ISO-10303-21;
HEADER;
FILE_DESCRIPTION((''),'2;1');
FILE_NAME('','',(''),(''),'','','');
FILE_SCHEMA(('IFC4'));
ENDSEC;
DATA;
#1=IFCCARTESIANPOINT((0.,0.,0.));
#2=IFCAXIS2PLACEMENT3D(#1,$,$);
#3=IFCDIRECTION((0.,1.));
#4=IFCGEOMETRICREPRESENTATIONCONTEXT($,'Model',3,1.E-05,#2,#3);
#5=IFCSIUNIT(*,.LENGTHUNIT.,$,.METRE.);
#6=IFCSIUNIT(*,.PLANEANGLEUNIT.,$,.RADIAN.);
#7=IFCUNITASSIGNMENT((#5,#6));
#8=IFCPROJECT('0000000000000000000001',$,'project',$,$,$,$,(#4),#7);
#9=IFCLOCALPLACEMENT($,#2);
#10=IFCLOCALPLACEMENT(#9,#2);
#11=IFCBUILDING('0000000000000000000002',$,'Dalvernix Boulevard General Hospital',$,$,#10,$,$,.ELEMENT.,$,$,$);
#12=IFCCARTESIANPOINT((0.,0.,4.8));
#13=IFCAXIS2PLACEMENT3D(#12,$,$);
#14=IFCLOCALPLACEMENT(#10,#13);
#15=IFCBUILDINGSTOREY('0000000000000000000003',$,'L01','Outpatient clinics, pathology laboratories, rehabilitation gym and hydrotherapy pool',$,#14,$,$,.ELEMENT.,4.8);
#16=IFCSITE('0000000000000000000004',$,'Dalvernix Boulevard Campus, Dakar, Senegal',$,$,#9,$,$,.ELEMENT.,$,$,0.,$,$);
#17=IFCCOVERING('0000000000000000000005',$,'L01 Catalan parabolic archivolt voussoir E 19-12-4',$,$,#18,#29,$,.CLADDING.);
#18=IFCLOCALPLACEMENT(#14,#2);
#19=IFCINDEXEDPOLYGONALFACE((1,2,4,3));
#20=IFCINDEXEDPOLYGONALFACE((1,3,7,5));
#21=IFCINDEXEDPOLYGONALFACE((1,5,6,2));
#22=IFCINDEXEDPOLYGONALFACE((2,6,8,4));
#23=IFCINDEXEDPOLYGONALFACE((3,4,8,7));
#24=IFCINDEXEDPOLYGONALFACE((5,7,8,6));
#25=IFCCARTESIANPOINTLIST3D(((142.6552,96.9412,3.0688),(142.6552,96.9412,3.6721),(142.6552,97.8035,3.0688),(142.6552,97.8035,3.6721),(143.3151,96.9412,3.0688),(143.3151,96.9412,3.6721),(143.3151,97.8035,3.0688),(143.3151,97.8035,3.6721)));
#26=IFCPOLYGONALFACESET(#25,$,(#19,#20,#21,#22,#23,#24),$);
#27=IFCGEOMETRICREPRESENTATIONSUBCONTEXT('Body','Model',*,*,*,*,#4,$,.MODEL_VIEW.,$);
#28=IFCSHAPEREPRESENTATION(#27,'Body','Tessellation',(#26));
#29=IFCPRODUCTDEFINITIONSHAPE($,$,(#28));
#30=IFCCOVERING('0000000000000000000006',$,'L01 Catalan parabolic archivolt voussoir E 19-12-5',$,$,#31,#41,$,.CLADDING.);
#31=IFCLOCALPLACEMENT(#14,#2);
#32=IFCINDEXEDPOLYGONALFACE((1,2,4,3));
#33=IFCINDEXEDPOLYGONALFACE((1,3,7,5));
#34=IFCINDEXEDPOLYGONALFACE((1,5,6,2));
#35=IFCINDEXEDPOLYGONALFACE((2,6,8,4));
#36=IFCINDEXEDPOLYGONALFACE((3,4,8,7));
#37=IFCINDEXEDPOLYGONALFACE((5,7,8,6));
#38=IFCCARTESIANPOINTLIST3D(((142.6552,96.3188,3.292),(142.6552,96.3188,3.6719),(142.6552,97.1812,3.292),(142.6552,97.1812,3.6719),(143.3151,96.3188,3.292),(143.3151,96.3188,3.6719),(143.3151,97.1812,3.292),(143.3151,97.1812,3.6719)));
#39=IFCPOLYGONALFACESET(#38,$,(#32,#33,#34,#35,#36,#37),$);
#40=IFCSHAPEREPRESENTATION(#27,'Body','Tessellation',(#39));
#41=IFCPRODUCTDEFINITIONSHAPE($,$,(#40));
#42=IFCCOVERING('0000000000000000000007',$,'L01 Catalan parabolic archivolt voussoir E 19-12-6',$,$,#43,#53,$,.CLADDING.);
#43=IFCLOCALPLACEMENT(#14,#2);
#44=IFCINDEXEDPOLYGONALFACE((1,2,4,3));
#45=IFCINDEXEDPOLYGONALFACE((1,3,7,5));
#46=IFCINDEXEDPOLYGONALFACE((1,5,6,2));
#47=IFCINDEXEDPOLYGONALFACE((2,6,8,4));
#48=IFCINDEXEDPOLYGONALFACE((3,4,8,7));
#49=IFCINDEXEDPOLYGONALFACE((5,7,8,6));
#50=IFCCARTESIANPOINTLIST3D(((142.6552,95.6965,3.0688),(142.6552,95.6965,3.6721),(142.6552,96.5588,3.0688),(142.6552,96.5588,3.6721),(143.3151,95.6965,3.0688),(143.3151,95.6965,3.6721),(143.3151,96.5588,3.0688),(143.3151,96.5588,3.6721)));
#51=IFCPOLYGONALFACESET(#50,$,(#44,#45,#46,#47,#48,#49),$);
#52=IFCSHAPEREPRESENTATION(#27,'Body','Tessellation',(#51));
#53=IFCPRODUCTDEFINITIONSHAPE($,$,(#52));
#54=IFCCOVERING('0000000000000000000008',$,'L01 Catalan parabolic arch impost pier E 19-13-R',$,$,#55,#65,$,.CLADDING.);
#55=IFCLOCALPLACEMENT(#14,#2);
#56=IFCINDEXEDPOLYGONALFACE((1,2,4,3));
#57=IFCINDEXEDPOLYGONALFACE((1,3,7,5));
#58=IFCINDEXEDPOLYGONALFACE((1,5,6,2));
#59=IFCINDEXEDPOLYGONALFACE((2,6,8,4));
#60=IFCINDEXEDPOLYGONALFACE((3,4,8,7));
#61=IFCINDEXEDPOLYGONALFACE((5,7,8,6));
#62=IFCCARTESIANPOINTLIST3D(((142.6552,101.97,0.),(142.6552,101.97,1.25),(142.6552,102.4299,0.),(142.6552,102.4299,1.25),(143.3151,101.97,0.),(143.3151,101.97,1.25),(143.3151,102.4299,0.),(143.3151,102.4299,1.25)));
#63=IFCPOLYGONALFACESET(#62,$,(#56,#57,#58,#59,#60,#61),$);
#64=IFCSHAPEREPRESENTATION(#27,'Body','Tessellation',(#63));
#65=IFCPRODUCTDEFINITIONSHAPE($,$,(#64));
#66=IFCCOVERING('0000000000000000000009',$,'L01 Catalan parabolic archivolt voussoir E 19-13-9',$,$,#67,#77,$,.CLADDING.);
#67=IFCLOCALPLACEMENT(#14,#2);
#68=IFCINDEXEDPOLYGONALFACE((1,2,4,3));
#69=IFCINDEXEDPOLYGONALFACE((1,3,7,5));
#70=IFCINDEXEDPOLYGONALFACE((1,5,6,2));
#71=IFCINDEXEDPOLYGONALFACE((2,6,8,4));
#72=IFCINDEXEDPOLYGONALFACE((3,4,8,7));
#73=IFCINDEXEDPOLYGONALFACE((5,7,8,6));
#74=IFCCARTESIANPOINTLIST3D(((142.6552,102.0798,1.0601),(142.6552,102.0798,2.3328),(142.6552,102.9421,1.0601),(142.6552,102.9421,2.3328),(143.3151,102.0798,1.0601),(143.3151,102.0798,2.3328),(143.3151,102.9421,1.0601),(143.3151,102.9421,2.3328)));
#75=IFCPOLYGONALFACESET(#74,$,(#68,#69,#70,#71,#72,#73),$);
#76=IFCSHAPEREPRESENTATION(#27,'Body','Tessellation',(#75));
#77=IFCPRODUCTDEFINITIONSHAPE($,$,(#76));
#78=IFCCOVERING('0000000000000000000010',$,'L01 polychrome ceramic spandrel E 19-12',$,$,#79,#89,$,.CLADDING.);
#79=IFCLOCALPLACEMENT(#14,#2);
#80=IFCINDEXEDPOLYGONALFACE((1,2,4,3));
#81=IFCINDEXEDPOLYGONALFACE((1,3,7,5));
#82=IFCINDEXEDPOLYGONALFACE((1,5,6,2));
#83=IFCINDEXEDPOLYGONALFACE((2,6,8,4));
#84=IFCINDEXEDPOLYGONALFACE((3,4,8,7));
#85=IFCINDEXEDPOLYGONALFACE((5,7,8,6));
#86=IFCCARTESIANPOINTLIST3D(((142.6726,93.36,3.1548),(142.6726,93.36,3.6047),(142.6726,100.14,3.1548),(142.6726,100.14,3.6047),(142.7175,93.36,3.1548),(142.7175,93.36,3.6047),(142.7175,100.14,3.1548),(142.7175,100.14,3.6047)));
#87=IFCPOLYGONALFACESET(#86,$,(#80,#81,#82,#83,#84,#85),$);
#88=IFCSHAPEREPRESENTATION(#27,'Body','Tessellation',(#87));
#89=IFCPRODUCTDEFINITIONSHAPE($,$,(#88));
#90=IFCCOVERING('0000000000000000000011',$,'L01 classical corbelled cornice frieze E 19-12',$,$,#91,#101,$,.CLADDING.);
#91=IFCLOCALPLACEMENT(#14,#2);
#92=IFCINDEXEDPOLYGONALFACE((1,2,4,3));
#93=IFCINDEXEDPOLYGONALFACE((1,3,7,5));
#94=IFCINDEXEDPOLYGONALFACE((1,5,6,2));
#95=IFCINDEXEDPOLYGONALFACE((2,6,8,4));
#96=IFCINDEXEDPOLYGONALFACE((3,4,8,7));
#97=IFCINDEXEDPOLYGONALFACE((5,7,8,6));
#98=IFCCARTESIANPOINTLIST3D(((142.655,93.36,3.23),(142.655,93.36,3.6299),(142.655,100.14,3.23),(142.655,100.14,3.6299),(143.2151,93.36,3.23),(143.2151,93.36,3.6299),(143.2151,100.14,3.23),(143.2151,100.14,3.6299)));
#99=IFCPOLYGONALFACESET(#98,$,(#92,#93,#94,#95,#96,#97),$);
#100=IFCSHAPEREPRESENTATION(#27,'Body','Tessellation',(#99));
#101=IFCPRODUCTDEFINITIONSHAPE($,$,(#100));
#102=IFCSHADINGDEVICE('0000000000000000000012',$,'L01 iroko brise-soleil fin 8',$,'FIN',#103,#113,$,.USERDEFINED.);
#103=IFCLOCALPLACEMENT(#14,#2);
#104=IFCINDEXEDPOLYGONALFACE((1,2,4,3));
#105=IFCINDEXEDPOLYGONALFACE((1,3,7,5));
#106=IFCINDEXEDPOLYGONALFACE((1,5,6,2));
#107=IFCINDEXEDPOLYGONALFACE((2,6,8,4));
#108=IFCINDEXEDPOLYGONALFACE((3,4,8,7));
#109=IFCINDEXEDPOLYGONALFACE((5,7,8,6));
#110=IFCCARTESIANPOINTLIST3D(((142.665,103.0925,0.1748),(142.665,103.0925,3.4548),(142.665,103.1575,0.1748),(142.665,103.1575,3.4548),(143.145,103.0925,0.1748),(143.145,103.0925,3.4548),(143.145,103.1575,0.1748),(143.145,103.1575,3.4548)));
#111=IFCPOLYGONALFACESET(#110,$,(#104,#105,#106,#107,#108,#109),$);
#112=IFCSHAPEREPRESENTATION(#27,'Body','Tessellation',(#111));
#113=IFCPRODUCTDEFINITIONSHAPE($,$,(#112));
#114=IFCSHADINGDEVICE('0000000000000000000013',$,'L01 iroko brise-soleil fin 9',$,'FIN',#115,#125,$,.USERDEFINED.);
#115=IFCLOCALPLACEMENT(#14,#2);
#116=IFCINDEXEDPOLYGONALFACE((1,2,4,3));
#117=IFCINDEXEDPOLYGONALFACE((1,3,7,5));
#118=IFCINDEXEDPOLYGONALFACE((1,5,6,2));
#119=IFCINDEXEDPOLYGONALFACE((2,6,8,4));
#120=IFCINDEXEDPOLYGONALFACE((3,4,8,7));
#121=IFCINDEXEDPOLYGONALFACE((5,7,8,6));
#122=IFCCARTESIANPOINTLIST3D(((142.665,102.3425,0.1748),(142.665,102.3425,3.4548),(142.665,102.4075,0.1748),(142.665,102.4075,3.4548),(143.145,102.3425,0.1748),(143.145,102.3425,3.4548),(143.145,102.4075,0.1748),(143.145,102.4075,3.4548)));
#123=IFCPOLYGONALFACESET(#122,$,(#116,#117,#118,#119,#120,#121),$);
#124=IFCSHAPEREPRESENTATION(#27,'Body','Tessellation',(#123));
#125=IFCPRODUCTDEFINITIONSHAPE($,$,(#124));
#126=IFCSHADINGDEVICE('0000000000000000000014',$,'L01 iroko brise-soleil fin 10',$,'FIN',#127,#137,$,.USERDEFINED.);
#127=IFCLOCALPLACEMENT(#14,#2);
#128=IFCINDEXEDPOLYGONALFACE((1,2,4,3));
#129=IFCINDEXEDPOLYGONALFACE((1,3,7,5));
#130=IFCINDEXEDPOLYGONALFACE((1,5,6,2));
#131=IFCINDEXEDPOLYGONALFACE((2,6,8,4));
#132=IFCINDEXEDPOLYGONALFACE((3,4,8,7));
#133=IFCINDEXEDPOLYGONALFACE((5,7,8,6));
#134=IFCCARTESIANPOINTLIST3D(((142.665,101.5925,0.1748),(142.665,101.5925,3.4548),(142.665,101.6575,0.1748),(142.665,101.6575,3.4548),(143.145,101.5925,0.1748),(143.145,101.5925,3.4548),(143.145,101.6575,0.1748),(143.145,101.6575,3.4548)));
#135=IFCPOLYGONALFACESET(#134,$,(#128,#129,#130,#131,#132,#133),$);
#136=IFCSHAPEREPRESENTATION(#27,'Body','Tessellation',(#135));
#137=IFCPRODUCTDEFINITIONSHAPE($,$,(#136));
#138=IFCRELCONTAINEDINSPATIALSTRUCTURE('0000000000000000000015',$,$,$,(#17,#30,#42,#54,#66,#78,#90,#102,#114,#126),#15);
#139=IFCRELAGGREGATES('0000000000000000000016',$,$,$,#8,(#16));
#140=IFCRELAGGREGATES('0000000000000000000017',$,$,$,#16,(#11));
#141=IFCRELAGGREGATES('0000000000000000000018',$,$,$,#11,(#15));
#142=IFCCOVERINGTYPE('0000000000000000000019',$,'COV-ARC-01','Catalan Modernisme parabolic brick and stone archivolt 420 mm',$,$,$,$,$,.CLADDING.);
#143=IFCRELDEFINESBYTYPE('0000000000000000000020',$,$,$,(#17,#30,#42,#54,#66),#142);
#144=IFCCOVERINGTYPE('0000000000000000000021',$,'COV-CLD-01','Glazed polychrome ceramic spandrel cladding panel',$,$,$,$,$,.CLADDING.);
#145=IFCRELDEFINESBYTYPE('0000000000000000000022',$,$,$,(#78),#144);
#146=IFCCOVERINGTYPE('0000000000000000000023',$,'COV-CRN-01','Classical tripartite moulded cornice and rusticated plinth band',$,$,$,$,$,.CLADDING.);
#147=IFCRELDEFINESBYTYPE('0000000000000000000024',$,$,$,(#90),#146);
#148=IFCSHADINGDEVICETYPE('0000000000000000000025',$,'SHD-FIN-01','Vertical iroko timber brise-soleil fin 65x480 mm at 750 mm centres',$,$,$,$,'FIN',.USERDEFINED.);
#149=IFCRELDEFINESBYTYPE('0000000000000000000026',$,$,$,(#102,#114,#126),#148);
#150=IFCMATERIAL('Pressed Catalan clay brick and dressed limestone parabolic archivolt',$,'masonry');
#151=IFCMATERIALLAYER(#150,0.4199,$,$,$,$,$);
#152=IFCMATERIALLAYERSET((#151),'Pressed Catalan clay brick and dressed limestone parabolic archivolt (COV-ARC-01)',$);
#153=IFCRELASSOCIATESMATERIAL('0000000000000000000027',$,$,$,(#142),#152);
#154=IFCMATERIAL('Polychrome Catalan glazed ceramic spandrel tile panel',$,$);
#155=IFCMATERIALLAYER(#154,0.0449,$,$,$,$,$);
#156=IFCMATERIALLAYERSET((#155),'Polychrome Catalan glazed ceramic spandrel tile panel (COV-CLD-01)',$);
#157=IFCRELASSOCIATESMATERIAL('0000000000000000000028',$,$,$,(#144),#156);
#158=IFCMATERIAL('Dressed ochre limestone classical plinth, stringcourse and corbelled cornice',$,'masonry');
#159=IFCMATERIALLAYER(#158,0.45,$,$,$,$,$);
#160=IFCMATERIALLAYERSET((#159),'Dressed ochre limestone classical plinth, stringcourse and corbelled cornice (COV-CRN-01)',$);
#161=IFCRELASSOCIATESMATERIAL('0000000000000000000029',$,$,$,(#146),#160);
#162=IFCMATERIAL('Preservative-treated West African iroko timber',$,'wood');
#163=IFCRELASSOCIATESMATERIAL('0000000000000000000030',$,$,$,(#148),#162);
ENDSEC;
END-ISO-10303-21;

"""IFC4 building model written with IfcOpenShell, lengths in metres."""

from ifc_helpers import new_model, si_unit, direction, frame, origin, origin_2d, place, context, subcontext, project, spatial, rectangle, extrude, material, layer, layer_set, type_object, element, save


model = new_model("IFC4")

# Units and contexts
model_context = context("Model", 3, precision=1e-05, world=origin(), true_north=direction((0.0, 1.0)))
body_context = subcontext(model_context, "Body", "Model", "MODEL_VIEW")
ifc_project = project(units=[si_unit("LENGTHUNIT", "METRE"), si_unit("PLANEANGLEUNIT", "RADIAN")], contexts=[model_context])

# Site, building, storey
site_placement = place(None, origin())
site = spatial("IfcSite", under=ifc_project, at=site_placement, Name="Dalvernix Boulevard Campus, Dakar, Senegal", CompositionType="ELEMENT", RefElevation=0.0)
building_placement = place(site_placement, origin())
building = spatial("IfcBuilding", under=site, at=building_placement, Name="Dalvernix Boulevard General Hospital", CompositionType="ELEMENT")
storey_placement = place(building_placement, frame((0.0, 0.0, 4.8)))
storey = spatial("IfcBuildingStorey", under=building, at=storey_placement, Name="L01", Description="Outpatient clinics, pathology laboratories, rehabilitation gym and hydrotherapy pool", CompositionType="ELEMENT", Elevation=4.8)

# Coverings
ifc_material_1 = material(Name="Pressed Catalan clay brick and dressed limestone parabolic archivolt", Category="masonry")
ifc_layer_1 = layer(ifc_material_1, 0.4199)
ifc_layer_set_1 = layer_set([ifc_layer_1], Name="Pressed Catalan clay brick and dressed limestone parabolic archivolt (COV-ARC-01)")
covering_type_1 = type_object("IfcCoveringType", Name="COV-ARC-01", Description="Catalan Modernisme parabolic brick and stone archivolt 420 mm", PredefinedType="CLADDING", material=ifc_layer_set_1)
covering_1_placement = place(storey_placement, frame((142.9851, 97.3723, 3.0688), z_axis=(0.0, 0.0, 1.0), x_axis=(0.0, -1.0, 0.0)))
element("IfcCovering", 1, at=covering_1_placement, inside=storey, type_object=covering_type_1, Name="L01 Catalan parabolic archivolt voussoir E 19-12-4", PredefinedType="CLADDING", context=body_context, shape_type="SweptSolid", body=[
    extrude(rectangle(XDim=0.8623, YDim=0.6599, at=origin_2d()), origin(), (0.0, 0.0, 1.0), 0.6033),
])
covering_2_placement = place(storey_placement, frame((142.9851, 96.75, 3.292), z_axis=(0.0, 0.0, 1.0), x_axis=(0.0, -1.0, 0.0)))
element("IfcCovering", 2, at=covering_2_placement, inside=storey, type_object=covering_type_1, Name="L01 Catalan parabolic archivolt voussoir E 19-12-5", PredefinedType="CLADDING", context=body_context, shape_type="SweptSolid", body=[
    extrude(rectangle(XDim=0.8623, YDim=0.6599, at=origin_2d()), origin(), (0.0, 0.0, 1.0), 0.3799),
])
covering_3_placement = place(storey_placement, frame((142.9851, 96.1277, 3.0688), z_axis=(0.0, 0.0, 1.0), x_axis=(0.0, -1.0, 0.0)))
element("IfcCovering", 3, at=covering_3_placement, inside=storey, type_object=covering_type_1, Name="L01 Catalan parabolic archivolt voussoir E 19-12-6", PredefinedType="CLADDING", context=body_context, shape_type="SweptSolid", body=[
    extrude(rectangle(XDim=0.8623, YDim=0.6599, at=origin_2d()), origin(), (0.0, 0.0, 1.0), 0.6033),
])
covering_4_placement = place(storey_placement, frame((142.9851, 102.2, 0.0), z_axis=(0.0, 0.0, 1.0), x_axis=(0.0, -1.0, 0.0)))
element("IfcCovering", 4, at=covering_4_placement, inside=storey, type_object=covering_type_1, Name="L01 Catalan parabolic arch impost pier E 19-13-R", PredefinedType="CLADDING", context=body_context, shape_type="SweptSolid", body=[
    extrude(rectangle(XDim=0.46, YDim=0.6599, at=origin_2d()), origin(), (0.0, 0.0, 1.0), 1.25),
])
covering_5_placement = place(storey_placement, frame((142.9851, 102.511, 1.0601), z_axis=(0.0, 0.0, 1.0), x_axis=(0.0, -1.0, 0.0)))
element("IfcCovering", 5, at=covering_5_placement, inside=storey, type_object=covering_type_1, Name="L01 Catalan parabolic archivolt voussoir E 19-13-9", PredefinedType="CLADDING", context=body_context, shape_type="SweptSolid", body=[
    extrude(rectangle(XDim=0.8623, YDim=0.6599, at=origin_2d()), origin(), (0.0, 0.0, 1.0), 1.2727),
])
ifc_material_2 = material(Name="Polychrome Catalan glazed ceramic spandrel tile panel")
ifc_layer_2 = layer(ifc_material_2, 0.0449)
ifc_layer_set_2 = layer_set([ifc_layer_2], Name="Polychrome Catalan glazed ceramic spandrel tile panel (COV-CLD-01)")
covering_type_2 = type_object("IfcCoveringType", Name="COV-CLD-01", Description="Glazed polychrome ceramic spandrel cladding panel", PredefinedType="CLADDING", material=ifc_layer_set_2)
covering_6_placement = place(storey_placement, frame((142.6951, 96.75, 3.1548), z_axis=(0.0, 0.0, 1.0), x_axis=(0.0, -1.0, 0.0)))
element("IfcCovering", 6, at=covering_6_placement, inside=storey, type_object=covering_type_2, Name="L01 polychrome ceramic spandrel E 19-12", PredefinedType="CLADDING", context=body_context, shape_type="SweptSolid", body=[
    extrude(rectangle(XDim=6.78, YDim=0.0449, at=origin_2d()), origin(), (0.0, 0.0, 1.0), 0.45),
])
ifc_material_3 = material(Name="Dressed ochre limestone classical plinth, stringcourse and corbelled cornice", Category="masonry")
ifc_layer_3 = layer(ifc_material_3, 0.45)
ifc_layer_set_3 = layer_set([ifc_layer_3], Name="Dressed ochre limestone classical plinth, stringcourse and corbelled cornice (COV-CRN-01)")
covering_type_3 = type_object("IfcCoveringType", Name="COV-CRN-01", Description="Classical tripartite moulded cornice and rusticated plinth band", PredefinedType="CLADDING", material=ifc_layer_set_3)
covering_7_placement = place(storey_placement, frame((142.9351, 96.75, 3.23), z_axis=(0.0, 0.0, 1.0), x_axis=(0.0, -1.0, 0.0)))
element("IfcCovering", 7, at=covering_7_placement, inside=storey, type_object=covering_type_3, Name="L01 classical corbelled cornice frieze E 19-12", PredefinedType="CLADDING", context=body_context, shape_type="SweptSolid", body=[
    extrude(rectangle(XDim=6.78, YDim=0.5601, at=origin_2d()), origin(), (0.0, 0.0, 1.0), 0.3999),
])

# Shading devices
ifc_material_4 = material(Name="Preservative-treated West African iroko timber", Category="wood")
shading_device_type = type_object("IfcShadingDeviceType", Name="SHD-FIN-01", Description="Vertical iroko timber brise-soleil fin 65x480 mm at 750 mm centres", ElementType="FIN", PredefinedType="USERDEFINED", material=ifc_material_4)
for number, where, z_axis, x_axis, name in (
    (8, (142.905, 103.125, 0.1748), (0.0, 0.0, 1.0), (0.0, -1.0, 0.0), "L01 iroko brise-soleil fin 8"),
    (9, (142.905, 102.375, 0.1748), (0.0, 0.0, 1.0), (0.0, -1.0, 0.0), "L01 iroko brise-soleil fin 9"),
    (10, (142.905, 101.625, 0.1748), (0.0, 0.0, 1.0), (0.0, -1.0, 0.0), "L01 iroko brise-soleil fin 10"),
):
    element("IfcShadingDevice", number, at=place(storey_placement, frame(where, z_axis=z_axis, x_axis=x_axis)), inside=storey, type_object=shading_device_type, Name=name, ObjectType="FIN", PredefinedType="USERDEFINED", context=body_context, shape_type="SweptSolid", body=[
        extrude(rectangle(XDim=0.0649, YDim=0.48, at=origin_2d()), origin(), (0.0, 0.0, 1.0), 3.28),
    ])

save(model, "model.ifc")
